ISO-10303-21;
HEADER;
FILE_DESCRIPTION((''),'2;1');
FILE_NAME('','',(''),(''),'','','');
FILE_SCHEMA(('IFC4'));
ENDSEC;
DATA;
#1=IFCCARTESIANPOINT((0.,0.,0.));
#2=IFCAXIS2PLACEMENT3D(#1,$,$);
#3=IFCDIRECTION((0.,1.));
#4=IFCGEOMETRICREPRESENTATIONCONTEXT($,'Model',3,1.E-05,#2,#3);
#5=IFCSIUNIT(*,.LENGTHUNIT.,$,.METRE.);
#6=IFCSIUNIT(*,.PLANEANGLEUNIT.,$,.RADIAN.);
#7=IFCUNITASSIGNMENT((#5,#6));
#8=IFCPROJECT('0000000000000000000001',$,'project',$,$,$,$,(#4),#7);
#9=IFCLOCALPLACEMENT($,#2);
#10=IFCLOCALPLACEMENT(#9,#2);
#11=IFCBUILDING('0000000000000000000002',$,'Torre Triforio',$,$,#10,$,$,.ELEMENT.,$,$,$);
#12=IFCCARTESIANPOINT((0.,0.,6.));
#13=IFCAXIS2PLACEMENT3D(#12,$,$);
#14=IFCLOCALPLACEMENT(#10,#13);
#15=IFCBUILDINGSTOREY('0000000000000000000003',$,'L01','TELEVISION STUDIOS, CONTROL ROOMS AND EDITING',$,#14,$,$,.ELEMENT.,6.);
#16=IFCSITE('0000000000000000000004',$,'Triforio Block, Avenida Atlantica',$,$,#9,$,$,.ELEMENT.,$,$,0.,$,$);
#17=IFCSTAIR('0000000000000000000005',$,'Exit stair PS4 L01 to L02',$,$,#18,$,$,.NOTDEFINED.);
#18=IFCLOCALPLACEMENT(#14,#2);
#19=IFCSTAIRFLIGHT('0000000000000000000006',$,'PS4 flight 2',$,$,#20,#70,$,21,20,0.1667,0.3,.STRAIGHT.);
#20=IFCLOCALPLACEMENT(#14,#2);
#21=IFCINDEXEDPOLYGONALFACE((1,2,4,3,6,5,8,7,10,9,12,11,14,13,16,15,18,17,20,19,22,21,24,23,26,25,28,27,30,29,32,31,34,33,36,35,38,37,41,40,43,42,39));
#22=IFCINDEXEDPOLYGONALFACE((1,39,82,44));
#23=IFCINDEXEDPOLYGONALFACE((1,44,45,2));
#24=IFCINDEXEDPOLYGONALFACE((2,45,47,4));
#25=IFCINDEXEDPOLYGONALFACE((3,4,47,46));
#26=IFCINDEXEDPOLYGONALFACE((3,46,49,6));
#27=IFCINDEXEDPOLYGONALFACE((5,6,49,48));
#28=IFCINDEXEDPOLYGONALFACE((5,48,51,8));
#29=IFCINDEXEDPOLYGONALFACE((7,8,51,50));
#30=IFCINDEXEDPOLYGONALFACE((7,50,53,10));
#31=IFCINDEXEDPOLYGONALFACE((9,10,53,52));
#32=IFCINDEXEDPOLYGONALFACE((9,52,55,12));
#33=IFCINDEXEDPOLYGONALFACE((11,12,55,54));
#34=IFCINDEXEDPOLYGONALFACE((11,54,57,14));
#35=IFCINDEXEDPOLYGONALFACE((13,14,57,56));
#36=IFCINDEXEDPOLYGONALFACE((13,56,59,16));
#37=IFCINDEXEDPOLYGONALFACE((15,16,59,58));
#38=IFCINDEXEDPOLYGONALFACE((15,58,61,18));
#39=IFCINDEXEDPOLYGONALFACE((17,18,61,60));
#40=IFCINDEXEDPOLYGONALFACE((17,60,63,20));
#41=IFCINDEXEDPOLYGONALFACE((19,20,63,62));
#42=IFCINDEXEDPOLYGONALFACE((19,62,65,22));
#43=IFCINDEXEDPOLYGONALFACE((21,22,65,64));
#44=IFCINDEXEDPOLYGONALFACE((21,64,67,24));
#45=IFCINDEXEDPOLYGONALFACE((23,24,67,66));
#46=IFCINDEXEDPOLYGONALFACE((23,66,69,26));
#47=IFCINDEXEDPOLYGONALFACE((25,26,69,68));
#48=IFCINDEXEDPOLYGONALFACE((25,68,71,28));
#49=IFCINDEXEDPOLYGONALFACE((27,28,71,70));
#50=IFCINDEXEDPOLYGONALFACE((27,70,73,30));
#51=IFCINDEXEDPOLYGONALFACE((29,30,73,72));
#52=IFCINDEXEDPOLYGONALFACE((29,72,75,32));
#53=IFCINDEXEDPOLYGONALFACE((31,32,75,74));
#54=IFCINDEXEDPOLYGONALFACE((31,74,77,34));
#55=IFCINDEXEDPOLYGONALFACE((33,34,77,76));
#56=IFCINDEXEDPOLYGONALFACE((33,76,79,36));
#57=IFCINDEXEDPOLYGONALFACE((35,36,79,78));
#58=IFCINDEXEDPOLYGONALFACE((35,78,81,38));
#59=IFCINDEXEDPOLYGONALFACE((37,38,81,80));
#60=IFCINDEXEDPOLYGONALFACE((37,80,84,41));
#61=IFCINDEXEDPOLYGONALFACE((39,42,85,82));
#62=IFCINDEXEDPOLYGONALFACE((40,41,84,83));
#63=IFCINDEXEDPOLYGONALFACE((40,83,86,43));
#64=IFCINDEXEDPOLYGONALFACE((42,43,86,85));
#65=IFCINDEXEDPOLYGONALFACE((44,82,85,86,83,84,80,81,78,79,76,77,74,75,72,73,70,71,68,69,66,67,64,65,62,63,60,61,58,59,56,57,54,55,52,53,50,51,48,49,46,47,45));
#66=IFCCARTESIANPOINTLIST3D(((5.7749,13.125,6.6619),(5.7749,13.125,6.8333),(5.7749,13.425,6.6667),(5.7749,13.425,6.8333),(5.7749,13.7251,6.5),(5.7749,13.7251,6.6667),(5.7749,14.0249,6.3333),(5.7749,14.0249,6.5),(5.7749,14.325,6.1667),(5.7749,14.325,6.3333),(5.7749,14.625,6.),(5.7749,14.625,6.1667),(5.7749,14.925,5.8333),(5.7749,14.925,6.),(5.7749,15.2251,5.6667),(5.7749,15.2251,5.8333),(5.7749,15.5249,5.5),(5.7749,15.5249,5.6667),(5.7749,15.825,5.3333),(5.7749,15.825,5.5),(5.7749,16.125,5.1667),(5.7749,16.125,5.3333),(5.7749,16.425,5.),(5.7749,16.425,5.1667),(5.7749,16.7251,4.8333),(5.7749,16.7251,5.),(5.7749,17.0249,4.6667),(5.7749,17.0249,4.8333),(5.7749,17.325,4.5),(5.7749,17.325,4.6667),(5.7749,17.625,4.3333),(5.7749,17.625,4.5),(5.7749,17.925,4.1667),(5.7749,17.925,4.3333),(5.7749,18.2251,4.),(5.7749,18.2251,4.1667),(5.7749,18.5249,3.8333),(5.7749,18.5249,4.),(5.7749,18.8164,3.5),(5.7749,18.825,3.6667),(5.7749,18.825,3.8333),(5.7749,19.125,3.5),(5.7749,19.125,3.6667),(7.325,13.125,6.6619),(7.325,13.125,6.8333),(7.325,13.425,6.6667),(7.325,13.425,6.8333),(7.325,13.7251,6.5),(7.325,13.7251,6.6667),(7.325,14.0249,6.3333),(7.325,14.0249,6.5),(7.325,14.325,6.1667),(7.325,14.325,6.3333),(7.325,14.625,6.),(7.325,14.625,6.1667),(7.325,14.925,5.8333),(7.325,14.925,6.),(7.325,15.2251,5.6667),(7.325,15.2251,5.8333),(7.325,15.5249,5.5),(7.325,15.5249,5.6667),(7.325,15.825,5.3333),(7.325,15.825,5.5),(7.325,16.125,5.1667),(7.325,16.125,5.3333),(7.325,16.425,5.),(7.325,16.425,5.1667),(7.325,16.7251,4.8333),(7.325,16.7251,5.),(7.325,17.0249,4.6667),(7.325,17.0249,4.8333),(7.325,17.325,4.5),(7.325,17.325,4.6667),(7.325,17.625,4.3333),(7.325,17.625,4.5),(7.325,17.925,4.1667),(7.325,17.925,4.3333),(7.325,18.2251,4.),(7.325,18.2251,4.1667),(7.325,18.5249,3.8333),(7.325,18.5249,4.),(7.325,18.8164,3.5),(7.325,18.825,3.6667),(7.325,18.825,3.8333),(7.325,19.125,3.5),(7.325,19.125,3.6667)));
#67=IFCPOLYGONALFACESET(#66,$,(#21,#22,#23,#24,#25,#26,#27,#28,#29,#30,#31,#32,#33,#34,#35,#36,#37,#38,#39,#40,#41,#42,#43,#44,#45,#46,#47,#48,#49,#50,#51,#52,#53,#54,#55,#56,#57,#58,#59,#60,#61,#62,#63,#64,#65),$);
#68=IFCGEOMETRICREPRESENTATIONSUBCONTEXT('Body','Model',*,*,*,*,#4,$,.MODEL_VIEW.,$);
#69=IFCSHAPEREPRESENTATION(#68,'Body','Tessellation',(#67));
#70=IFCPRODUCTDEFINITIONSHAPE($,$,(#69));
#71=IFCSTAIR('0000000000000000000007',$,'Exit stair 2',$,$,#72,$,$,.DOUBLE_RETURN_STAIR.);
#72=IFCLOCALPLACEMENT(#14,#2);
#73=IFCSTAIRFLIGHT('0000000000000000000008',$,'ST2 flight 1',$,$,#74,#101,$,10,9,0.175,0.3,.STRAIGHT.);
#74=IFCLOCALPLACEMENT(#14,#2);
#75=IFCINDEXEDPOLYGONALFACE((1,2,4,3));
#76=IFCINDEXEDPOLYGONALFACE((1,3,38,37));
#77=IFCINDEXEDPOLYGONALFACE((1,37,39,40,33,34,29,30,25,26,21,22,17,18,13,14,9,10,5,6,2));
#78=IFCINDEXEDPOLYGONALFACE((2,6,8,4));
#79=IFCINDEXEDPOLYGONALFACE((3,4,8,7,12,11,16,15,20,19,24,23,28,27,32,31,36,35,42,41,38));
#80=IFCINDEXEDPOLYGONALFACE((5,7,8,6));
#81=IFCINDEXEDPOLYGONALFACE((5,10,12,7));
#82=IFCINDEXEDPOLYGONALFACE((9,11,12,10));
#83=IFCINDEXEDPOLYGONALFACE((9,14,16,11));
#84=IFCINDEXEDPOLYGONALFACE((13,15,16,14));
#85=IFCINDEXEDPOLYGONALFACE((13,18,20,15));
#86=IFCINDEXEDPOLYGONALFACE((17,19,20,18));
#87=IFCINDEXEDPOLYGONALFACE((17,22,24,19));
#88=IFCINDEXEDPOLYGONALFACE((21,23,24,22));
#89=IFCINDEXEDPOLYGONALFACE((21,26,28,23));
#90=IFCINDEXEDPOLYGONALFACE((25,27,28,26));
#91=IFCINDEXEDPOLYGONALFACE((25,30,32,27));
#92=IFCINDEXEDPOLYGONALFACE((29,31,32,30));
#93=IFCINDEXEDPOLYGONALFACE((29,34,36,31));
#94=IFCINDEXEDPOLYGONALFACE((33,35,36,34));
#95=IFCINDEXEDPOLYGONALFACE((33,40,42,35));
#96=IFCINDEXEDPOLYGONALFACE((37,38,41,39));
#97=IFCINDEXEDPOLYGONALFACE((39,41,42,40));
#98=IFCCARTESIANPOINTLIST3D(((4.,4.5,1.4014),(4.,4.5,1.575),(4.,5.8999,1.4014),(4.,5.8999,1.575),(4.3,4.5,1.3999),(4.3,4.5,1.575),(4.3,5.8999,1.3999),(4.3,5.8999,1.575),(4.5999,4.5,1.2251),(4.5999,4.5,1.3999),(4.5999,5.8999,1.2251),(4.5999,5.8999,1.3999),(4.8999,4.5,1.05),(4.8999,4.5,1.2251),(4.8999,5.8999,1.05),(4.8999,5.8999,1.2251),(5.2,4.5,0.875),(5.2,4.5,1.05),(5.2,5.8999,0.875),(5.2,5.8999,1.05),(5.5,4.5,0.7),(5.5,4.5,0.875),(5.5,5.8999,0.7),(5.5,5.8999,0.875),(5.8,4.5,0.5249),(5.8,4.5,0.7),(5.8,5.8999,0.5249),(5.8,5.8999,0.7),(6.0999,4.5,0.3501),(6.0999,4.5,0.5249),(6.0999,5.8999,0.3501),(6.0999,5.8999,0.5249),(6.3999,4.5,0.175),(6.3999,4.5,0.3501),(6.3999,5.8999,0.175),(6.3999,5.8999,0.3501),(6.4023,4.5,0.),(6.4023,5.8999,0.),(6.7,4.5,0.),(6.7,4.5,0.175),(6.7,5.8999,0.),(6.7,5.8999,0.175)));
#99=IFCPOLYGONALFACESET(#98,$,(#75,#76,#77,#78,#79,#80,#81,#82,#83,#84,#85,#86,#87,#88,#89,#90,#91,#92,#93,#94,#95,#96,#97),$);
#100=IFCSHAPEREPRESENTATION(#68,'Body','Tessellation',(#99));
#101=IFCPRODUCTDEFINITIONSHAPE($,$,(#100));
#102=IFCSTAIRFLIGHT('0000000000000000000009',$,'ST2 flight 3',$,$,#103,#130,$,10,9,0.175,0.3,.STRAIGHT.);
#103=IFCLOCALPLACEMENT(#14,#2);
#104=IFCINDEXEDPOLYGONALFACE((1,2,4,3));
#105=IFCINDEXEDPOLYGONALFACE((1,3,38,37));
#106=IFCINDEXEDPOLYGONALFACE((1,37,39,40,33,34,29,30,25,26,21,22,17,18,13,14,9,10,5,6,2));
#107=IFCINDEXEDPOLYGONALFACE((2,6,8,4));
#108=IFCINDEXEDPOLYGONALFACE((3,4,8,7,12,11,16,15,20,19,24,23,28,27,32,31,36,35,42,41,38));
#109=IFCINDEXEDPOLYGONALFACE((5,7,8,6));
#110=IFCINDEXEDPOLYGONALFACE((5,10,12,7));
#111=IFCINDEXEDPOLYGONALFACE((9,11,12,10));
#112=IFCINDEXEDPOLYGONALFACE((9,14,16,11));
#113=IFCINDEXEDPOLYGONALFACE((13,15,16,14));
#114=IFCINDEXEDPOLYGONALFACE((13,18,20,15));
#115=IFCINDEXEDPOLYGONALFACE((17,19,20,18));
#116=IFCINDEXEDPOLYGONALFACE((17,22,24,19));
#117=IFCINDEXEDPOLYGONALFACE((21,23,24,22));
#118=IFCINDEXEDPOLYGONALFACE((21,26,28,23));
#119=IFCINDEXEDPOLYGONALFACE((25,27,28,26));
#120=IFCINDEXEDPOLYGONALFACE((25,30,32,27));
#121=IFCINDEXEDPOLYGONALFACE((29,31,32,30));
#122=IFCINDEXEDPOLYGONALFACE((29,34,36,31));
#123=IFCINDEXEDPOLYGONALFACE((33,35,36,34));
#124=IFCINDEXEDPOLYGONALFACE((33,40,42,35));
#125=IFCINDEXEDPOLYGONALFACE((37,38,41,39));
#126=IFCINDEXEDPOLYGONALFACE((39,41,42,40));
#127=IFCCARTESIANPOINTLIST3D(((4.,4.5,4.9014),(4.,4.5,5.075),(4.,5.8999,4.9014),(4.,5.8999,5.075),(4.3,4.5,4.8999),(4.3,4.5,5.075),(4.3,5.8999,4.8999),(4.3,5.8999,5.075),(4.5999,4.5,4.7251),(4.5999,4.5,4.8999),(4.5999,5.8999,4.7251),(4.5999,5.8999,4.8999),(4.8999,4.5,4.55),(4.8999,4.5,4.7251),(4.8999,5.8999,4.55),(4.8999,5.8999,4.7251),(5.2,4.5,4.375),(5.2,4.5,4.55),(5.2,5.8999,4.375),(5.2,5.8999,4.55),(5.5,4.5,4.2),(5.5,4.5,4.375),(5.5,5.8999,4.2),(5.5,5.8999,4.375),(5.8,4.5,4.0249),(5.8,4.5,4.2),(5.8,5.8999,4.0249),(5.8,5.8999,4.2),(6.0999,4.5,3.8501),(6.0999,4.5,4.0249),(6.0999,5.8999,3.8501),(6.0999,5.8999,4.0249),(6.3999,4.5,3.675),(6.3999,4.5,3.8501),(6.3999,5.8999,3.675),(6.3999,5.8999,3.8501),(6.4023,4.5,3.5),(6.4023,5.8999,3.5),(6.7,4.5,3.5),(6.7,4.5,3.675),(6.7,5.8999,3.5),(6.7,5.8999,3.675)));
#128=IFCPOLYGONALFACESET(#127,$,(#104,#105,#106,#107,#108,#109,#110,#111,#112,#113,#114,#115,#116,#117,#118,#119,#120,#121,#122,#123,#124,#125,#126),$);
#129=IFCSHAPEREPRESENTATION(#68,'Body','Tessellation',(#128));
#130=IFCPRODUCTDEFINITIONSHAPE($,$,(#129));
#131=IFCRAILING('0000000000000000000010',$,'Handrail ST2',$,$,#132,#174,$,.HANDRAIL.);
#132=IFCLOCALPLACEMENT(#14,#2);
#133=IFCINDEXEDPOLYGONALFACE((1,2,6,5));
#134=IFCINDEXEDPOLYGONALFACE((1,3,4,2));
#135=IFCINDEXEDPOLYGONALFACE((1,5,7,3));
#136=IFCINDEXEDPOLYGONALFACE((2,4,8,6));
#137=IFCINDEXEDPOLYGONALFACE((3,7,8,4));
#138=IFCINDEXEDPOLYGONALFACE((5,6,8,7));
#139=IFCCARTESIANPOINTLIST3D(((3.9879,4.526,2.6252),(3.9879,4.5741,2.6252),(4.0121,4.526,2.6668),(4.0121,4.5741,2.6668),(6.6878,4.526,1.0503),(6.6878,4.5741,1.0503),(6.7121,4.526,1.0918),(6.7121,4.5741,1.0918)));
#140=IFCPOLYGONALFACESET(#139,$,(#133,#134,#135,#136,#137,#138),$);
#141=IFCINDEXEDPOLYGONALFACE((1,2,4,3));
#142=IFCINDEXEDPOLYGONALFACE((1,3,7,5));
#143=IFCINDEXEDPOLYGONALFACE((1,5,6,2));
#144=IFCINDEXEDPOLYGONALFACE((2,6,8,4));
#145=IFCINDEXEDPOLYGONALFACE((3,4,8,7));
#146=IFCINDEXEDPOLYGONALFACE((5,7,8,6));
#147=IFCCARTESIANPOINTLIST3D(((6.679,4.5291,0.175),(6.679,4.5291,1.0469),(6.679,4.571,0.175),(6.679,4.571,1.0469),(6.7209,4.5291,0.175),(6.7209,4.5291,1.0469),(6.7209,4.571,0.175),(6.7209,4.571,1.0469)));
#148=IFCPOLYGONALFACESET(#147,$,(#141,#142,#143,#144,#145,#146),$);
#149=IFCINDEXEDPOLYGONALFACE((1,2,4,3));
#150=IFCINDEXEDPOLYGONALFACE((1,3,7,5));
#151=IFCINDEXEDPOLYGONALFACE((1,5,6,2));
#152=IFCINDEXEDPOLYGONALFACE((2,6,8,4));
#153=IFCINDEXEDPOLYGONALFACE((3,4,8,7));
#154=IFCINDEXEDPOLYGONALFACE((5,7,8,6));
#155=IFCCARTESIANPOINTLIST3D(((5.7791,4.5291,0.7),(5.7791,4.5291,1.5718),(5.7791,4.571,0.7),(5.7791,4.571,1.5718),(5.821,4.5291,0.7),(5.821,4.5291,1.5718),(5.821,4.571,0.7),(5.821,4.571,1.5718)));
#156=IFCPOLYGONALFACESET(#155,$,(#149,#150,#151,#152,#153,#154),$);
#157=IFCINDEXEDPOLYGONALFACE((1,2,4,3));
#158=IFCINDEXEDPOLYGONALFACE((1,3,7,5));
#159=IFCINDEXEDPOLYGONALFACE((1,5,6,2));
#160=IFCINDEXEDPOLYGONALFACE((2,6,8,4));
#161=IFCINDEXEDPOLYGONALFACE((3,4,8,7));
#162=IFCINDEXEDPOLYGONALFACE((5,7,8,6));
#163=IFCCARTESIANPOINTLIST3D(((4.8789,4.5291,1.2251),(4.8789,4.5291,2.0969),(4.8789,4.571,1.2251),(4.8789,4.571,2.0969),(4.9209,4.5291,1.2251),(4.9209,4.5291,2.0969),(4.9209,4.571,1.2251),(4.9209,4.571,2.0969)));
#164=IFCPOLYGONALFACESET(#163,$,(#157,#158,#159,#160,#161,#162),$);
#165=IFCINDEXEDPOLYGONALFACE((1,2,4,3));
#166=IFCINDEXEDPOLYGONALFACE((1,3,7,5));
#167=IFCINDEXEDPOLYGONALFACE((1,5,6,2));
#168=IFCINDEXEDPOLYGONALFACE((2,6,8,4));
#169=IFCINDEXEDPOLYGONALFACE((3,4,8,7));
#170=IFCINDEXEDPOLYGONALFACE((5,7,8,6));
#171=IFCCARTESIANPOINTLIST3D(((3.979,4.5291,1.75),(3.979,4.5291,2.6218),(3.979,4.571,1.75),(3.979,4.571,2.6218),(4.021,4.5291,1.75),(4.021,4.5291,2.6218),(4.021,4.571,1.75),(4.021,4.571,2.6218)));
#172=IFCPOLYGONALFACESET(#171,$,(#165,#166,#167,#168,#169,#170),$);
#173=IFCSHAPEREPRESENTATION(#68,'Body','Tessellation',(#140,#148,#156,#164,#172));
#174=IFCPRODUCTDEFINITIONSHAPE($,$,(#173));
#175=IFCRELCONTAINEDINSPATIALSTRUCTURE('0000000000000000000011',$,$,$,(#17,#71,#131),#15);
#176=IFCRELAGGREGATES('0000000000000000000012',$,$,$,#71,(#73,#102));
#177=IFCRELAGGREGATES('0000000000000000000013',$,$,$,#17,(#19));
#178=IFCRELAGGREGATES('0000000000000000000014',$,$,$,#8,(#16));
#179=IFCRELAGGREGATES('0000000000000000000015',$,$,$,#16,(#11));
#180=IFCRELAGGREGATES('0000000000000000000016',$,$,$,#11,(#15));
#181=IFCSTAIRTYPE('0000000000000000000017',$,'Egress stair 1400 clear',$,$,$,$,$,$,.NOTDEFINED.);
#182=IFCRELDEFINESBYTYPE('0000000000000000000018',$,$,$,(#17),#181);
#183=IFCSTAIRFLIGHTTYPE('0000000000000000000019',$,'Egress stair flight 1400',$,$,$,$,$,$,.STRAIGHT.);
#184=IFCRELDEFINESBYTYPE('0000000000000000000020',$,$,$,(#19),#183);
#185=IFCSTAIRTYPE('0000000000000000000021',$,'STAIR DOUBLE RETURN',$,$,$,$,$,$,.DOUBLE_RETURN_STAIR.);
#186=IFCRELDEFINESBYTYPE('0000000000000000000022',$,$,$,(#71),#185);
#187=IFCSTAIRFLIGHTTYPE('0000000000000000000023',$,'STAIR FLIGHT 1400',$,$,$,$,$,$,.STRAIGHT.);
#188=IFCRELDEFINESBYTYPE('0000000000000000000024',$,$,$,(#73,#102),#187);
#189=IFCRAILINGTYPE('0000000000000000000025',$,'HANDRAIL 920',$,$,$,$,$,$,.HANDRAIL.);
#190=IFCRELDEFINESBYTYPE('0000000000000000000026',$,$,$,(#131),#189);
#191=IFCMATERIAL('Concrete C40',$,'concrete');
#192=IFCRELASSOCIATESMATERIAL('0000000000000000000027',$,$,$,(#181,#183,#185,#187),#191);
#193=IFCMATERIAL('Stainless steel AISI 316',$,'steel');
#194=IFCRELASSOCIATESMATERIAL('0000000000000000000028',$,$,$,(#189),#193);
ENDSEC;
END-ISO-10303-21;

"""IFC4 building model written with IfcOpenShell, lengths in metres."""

from ifc_helpers import new_model, si_unit, direction, frame, origin, origin_2d, place, context, subcontext, project, spatial, polyline, rectangle, outline, extrude, material, type_object, element, aggregate, save


model = new_model("IFC4")

# Units and contexts
model_context = context("Model", 3, precision=1e-05, world=origin(), true_north=direction((0.0, 1.0)))
body_context = subcontext(model_context, "Body", "Model", "MODEL_VIEW")
ifc_project = project(units=[si_unit("LENGTHUNIT", "METRE"), si_unit("PLANEANGLEUNIT", "RADIAN")], contexts=[model_context])

# Site, building, storey
site_placement = place(None, origin())
site = spatial("IfcSite", under=ifc_project, at=site_placement, Name="Triforio Block, Avenida Atlantica", CompositionType="ELEMENT", RefElevation=0.0)
building_placement = place(site_placement, origin())
building = spatial("IfcBuilding", under=site, at=building_placement, Name="Torre Triforio", CompositionType="ELEMENT")
storey_placement = place(building_placement, frame((0.0, 0.0, 6.0)))
storey = spatial("IfcBuildingStorey", under=building, at=storey_placement, Name="L01", Description="TELEVISION STUDIOS, CONTROL ROOMS AND EDITING", CompositionType="ELEMENT", Elevation=6.0)

# Shared definitions
ifc_material_1 = material(Name="Concrete C40", Category="concrete")

# Stairs, stair flights
stair_type_1 = type_object("IfcStairType", Name="Egress stair 1400 clear", PredefinedType="NOTDEFINED", material=ifc_material_1)
stair_1_placement = place(storey_placement, origin())
stair_1 = element("IfcStair", 1, at=stair_1_placement, inside=storey, type_object=stair_type_1, Name="Exit stair PS4 L01 to L02", PredefinedType="NOTDEFINED")
stair_flight_type_1 = type_object("IfcStairFlightType", Name="Egress stair flight 1400", PredefinedType="STRAIGHT", material=ifc_material_1)
stair_flight_1_placement = place(storey_placement, frame((6.55, 19.125, 3.5), z_axis=(0.0, 0.0, 1.0), x_axis=(0.0, -1.0, 0.0)))
stair_flight_1 = element("IfcStairFlight", 2, at=stair_flight_1_placement, type_object=stair_flight_type_1, Name="PS4 flight 2", NumberOfRisers=21, NumberOfTreads=20, PredefinedType="STRAIGHT", RiserHeight=0.1667, TreadLength=0.3, context=body_context, shape_type="SweptSolid", body=[
    extrude(outline(polyline([(0.0, 0.0), (0.0, 0.1667), (0.3, 0.1667), (0.3, 0.3333), (0.6001, 0.3333), (0.6001, 0.5), (0.8999, 0.5), (0.8999, 0.6667), (1.2, 0.6667), (1.2, 0.8333), (1.5, 0.8333), (1.5, 1.0), (1.8, 1.0), (1.8, 1.1667), (2.1001, 1.1667), (2.1001, 1.3333), (2.3999, 1.3333), (2.3999, 1.5), (2.7, 1.5), (2.7, 1.6667), (3.0, 1.6667), (3.0, 1.8333), (3.3, 1.8333), (3.3, 2.0), (3.6001, 2.0), (3.6001, 2.1667), (3.8999, 2.1667), (3.8999, 2.3333), (4.2, 2.3333), (4.2, 2.5), (4.5, 2.5), (4.5, 2.6667), (4.8, 2.6667), (4.8, 2.8333), (5.1001, 2.8333), (5.1001, 3.0), (5.3999, 3.0), (5.3999, 3.1667), (5.7, 3.1667), (5.7, 3.3333), (6.0, 3.3333), (6.0, 3.5), (6.0, 3.1619), (0.3086, 0.0), (0.0, 0.0)])), frame((0.0, 0.7749, 0.0), z_axis=(0.0, -1.0, 0.0), x_axis=(1.0, 0.0, 0.0)), (0.0, 0.0, 1.0), 1.55),
])
stair_type_2 = type_object("IfcStairType", Name="STAIR DOUBLE RETURN", PredefinedType="DOUBLE_RETURN_STAIR", material=ifc_material_1)
stair_2_placement = place(storey_placement, origin())
stair_2 = element("IfcStair", 3, at=stair_2_placement, inside=storey, type_object=stair_type_2, Name="Exit stair 2", PredefinedType="DOUBLE_RETURN_STAIR")
stair_flight_type_2 = type_object("IfcStairFlightType", Name="STAIR FLIGHT 1400", PredefinedType="STRAIGHT", material=ifc_material_1)
stair_flight_2_placement = place(storey_placement, frame((6.7, 5.2, 0.0), z_axis=(0.0, 0.0, 1.0), x_axis=(-1.0, 0.0, 0.0)))
stair_flight_2 = element("IfcStairFlight", 4, at=stair_flight_2_placement, type_object=stair_flight_type_2, Name="ST2 flight 1", NumberOfRisers=10, NumberOfTreads=9, PredefinedType="STRAIGHT", RiserHeight=0.175, TreadLength=0.3, context=body_context, shape_type="SweptSolid", body=[
    extrude(outline(polyline([(0.0, 0.0), (0.0, 0.175), (0.3, 0.175), (0.3, 0.3501), (0.6001, 0.3501), (0.6001, 0.5249), (0.8999, 0.5249), (0.8999, 0.7), (1.2, 0.7), (1.2, 0.875), (1.5, 0.875), (1.5, 1.05), (1.8, 1.05), (1.8, 1.2251), (2.1001, 1.2251), (2.1001, 1.3999), (2.3999, 1.3999), (2.3999, 1.575), (2.7, 1.575), (2.7, 1.75), (2.7, 1.4014), (0.2976, 0.0), (0.0, 0.0)])), frame((0.0, 0.7, 0.0), z_axis=(0.0, -1.0, 0.0), x_axis=(1.0, 0.0, 0.0)), (0.0, 0.0, 1.0), 1.3999),
])
stair_flight_3_placement = place(storey_placement, frame((6.7, 5.2, 3.5), z_axis=(0.0, 0.0, 1.0), x_axis=(-1.0, 0.0, 0.0)))
stair_flight_3 = element("IfcStairFlight", 5, at=stair_flight_3_placement, type_object=stair_flight_type_2, Name="ST2 flight 3", NumberOfRisers=10, NumberOfTreads=9, PredefinedType="STRAIGHT", RiserHeight=0.175, TreadLength=0.3, context=body_context, shape_type="SweptSolid", body=[
    extrude(outline(polyline([(0.0, 0.0), (0.0, 0.175), (0.3, 0.175), (0.3, 0.3501), (0.6001, 0.3501), (0.6001, 0.5249), (0.8999, 0.5249), (0.8999, 0.7), (1.2, 0.7), (1.2, 0.875), (1.5, 0.875), (1.5, 1.05), (1.8, 1.05), (1.8, 1.2251), (2.1001, 1.2251), (2.1001, 1.3999), (2.3999, 1.3999), (2.3999, 1.575), (2.7, 1.575), (2.7, 1.75), (2.7, 1.4014), (0.2976, 0.0), (0.0, 0.0)])), frame((0.0, 0.7, 0.0), z_axis=(0.0, -1.0, 0.0), x_axis=(1.0, 0.0, 0.0)), (0.0, 0.0, 1.0), 1.3999),
])
aggregate(stair_2, [stair_flight_2, stair_flight_3])

# Railing
ifc_material_2 = material(Name="Stainless steel AISI 316", Category="steel")
railing_type_1 = type_object("IfcRailingType", Name="HANDRAIL 920", PredefinedType="HANDRAIL", material=ifc_material_2)
for number, where, name in (
    (6, (6.7, 4.55, 0.175), "Handrail ST2"),
):
    element("IfcRailing", number, at=place(storey_placement, frame(where)), inside=storey, type_object=railing_type_1, Name=name, PredefinedType="HANDRAIL", context=body_context, shape_type="SweptSolid", body=[
        extrude(rectangle(XDim=0.0481, YDim=0.0481, at=origin_2d()), frame((0.0, 0.0, 0.896), z_axis=(-0.863782, 0.0, 0.503866), x_axis=(0.0, -1.0, 0.0)), (0.0, 0.0, 1.0), 3.1257),
        extrude(rectangle(XDim=0.042, YDim=0.042, at=origin_2d()), origin(), (0.0, 0.0, 1.0), 0.8718),
        extrude(rectangle(XDim=0.042, YDim=0.042, at=origin_2d()), frame((-0.8999, 0.0, 0.5249)), (0.0, 0.0, 1.0), 0.8718),
        extrude(rectangle(XDim=0.042, YDim=0.042, at=origin_2d()), frame((-1.8, 0.0, 1.05)), (0.0, 0.0, 1.0), 0.8718),
        extrude(rectangle(XDim=0.042, YDim=0.042, at=origin_2d()), frame((-2.7, 0.0, 1.575)), (0.0, 0.0, 1.0), 0.8718),
    ])

aggregate(stair_1, [stair_flight_1])

save(model, "model.ifc")
